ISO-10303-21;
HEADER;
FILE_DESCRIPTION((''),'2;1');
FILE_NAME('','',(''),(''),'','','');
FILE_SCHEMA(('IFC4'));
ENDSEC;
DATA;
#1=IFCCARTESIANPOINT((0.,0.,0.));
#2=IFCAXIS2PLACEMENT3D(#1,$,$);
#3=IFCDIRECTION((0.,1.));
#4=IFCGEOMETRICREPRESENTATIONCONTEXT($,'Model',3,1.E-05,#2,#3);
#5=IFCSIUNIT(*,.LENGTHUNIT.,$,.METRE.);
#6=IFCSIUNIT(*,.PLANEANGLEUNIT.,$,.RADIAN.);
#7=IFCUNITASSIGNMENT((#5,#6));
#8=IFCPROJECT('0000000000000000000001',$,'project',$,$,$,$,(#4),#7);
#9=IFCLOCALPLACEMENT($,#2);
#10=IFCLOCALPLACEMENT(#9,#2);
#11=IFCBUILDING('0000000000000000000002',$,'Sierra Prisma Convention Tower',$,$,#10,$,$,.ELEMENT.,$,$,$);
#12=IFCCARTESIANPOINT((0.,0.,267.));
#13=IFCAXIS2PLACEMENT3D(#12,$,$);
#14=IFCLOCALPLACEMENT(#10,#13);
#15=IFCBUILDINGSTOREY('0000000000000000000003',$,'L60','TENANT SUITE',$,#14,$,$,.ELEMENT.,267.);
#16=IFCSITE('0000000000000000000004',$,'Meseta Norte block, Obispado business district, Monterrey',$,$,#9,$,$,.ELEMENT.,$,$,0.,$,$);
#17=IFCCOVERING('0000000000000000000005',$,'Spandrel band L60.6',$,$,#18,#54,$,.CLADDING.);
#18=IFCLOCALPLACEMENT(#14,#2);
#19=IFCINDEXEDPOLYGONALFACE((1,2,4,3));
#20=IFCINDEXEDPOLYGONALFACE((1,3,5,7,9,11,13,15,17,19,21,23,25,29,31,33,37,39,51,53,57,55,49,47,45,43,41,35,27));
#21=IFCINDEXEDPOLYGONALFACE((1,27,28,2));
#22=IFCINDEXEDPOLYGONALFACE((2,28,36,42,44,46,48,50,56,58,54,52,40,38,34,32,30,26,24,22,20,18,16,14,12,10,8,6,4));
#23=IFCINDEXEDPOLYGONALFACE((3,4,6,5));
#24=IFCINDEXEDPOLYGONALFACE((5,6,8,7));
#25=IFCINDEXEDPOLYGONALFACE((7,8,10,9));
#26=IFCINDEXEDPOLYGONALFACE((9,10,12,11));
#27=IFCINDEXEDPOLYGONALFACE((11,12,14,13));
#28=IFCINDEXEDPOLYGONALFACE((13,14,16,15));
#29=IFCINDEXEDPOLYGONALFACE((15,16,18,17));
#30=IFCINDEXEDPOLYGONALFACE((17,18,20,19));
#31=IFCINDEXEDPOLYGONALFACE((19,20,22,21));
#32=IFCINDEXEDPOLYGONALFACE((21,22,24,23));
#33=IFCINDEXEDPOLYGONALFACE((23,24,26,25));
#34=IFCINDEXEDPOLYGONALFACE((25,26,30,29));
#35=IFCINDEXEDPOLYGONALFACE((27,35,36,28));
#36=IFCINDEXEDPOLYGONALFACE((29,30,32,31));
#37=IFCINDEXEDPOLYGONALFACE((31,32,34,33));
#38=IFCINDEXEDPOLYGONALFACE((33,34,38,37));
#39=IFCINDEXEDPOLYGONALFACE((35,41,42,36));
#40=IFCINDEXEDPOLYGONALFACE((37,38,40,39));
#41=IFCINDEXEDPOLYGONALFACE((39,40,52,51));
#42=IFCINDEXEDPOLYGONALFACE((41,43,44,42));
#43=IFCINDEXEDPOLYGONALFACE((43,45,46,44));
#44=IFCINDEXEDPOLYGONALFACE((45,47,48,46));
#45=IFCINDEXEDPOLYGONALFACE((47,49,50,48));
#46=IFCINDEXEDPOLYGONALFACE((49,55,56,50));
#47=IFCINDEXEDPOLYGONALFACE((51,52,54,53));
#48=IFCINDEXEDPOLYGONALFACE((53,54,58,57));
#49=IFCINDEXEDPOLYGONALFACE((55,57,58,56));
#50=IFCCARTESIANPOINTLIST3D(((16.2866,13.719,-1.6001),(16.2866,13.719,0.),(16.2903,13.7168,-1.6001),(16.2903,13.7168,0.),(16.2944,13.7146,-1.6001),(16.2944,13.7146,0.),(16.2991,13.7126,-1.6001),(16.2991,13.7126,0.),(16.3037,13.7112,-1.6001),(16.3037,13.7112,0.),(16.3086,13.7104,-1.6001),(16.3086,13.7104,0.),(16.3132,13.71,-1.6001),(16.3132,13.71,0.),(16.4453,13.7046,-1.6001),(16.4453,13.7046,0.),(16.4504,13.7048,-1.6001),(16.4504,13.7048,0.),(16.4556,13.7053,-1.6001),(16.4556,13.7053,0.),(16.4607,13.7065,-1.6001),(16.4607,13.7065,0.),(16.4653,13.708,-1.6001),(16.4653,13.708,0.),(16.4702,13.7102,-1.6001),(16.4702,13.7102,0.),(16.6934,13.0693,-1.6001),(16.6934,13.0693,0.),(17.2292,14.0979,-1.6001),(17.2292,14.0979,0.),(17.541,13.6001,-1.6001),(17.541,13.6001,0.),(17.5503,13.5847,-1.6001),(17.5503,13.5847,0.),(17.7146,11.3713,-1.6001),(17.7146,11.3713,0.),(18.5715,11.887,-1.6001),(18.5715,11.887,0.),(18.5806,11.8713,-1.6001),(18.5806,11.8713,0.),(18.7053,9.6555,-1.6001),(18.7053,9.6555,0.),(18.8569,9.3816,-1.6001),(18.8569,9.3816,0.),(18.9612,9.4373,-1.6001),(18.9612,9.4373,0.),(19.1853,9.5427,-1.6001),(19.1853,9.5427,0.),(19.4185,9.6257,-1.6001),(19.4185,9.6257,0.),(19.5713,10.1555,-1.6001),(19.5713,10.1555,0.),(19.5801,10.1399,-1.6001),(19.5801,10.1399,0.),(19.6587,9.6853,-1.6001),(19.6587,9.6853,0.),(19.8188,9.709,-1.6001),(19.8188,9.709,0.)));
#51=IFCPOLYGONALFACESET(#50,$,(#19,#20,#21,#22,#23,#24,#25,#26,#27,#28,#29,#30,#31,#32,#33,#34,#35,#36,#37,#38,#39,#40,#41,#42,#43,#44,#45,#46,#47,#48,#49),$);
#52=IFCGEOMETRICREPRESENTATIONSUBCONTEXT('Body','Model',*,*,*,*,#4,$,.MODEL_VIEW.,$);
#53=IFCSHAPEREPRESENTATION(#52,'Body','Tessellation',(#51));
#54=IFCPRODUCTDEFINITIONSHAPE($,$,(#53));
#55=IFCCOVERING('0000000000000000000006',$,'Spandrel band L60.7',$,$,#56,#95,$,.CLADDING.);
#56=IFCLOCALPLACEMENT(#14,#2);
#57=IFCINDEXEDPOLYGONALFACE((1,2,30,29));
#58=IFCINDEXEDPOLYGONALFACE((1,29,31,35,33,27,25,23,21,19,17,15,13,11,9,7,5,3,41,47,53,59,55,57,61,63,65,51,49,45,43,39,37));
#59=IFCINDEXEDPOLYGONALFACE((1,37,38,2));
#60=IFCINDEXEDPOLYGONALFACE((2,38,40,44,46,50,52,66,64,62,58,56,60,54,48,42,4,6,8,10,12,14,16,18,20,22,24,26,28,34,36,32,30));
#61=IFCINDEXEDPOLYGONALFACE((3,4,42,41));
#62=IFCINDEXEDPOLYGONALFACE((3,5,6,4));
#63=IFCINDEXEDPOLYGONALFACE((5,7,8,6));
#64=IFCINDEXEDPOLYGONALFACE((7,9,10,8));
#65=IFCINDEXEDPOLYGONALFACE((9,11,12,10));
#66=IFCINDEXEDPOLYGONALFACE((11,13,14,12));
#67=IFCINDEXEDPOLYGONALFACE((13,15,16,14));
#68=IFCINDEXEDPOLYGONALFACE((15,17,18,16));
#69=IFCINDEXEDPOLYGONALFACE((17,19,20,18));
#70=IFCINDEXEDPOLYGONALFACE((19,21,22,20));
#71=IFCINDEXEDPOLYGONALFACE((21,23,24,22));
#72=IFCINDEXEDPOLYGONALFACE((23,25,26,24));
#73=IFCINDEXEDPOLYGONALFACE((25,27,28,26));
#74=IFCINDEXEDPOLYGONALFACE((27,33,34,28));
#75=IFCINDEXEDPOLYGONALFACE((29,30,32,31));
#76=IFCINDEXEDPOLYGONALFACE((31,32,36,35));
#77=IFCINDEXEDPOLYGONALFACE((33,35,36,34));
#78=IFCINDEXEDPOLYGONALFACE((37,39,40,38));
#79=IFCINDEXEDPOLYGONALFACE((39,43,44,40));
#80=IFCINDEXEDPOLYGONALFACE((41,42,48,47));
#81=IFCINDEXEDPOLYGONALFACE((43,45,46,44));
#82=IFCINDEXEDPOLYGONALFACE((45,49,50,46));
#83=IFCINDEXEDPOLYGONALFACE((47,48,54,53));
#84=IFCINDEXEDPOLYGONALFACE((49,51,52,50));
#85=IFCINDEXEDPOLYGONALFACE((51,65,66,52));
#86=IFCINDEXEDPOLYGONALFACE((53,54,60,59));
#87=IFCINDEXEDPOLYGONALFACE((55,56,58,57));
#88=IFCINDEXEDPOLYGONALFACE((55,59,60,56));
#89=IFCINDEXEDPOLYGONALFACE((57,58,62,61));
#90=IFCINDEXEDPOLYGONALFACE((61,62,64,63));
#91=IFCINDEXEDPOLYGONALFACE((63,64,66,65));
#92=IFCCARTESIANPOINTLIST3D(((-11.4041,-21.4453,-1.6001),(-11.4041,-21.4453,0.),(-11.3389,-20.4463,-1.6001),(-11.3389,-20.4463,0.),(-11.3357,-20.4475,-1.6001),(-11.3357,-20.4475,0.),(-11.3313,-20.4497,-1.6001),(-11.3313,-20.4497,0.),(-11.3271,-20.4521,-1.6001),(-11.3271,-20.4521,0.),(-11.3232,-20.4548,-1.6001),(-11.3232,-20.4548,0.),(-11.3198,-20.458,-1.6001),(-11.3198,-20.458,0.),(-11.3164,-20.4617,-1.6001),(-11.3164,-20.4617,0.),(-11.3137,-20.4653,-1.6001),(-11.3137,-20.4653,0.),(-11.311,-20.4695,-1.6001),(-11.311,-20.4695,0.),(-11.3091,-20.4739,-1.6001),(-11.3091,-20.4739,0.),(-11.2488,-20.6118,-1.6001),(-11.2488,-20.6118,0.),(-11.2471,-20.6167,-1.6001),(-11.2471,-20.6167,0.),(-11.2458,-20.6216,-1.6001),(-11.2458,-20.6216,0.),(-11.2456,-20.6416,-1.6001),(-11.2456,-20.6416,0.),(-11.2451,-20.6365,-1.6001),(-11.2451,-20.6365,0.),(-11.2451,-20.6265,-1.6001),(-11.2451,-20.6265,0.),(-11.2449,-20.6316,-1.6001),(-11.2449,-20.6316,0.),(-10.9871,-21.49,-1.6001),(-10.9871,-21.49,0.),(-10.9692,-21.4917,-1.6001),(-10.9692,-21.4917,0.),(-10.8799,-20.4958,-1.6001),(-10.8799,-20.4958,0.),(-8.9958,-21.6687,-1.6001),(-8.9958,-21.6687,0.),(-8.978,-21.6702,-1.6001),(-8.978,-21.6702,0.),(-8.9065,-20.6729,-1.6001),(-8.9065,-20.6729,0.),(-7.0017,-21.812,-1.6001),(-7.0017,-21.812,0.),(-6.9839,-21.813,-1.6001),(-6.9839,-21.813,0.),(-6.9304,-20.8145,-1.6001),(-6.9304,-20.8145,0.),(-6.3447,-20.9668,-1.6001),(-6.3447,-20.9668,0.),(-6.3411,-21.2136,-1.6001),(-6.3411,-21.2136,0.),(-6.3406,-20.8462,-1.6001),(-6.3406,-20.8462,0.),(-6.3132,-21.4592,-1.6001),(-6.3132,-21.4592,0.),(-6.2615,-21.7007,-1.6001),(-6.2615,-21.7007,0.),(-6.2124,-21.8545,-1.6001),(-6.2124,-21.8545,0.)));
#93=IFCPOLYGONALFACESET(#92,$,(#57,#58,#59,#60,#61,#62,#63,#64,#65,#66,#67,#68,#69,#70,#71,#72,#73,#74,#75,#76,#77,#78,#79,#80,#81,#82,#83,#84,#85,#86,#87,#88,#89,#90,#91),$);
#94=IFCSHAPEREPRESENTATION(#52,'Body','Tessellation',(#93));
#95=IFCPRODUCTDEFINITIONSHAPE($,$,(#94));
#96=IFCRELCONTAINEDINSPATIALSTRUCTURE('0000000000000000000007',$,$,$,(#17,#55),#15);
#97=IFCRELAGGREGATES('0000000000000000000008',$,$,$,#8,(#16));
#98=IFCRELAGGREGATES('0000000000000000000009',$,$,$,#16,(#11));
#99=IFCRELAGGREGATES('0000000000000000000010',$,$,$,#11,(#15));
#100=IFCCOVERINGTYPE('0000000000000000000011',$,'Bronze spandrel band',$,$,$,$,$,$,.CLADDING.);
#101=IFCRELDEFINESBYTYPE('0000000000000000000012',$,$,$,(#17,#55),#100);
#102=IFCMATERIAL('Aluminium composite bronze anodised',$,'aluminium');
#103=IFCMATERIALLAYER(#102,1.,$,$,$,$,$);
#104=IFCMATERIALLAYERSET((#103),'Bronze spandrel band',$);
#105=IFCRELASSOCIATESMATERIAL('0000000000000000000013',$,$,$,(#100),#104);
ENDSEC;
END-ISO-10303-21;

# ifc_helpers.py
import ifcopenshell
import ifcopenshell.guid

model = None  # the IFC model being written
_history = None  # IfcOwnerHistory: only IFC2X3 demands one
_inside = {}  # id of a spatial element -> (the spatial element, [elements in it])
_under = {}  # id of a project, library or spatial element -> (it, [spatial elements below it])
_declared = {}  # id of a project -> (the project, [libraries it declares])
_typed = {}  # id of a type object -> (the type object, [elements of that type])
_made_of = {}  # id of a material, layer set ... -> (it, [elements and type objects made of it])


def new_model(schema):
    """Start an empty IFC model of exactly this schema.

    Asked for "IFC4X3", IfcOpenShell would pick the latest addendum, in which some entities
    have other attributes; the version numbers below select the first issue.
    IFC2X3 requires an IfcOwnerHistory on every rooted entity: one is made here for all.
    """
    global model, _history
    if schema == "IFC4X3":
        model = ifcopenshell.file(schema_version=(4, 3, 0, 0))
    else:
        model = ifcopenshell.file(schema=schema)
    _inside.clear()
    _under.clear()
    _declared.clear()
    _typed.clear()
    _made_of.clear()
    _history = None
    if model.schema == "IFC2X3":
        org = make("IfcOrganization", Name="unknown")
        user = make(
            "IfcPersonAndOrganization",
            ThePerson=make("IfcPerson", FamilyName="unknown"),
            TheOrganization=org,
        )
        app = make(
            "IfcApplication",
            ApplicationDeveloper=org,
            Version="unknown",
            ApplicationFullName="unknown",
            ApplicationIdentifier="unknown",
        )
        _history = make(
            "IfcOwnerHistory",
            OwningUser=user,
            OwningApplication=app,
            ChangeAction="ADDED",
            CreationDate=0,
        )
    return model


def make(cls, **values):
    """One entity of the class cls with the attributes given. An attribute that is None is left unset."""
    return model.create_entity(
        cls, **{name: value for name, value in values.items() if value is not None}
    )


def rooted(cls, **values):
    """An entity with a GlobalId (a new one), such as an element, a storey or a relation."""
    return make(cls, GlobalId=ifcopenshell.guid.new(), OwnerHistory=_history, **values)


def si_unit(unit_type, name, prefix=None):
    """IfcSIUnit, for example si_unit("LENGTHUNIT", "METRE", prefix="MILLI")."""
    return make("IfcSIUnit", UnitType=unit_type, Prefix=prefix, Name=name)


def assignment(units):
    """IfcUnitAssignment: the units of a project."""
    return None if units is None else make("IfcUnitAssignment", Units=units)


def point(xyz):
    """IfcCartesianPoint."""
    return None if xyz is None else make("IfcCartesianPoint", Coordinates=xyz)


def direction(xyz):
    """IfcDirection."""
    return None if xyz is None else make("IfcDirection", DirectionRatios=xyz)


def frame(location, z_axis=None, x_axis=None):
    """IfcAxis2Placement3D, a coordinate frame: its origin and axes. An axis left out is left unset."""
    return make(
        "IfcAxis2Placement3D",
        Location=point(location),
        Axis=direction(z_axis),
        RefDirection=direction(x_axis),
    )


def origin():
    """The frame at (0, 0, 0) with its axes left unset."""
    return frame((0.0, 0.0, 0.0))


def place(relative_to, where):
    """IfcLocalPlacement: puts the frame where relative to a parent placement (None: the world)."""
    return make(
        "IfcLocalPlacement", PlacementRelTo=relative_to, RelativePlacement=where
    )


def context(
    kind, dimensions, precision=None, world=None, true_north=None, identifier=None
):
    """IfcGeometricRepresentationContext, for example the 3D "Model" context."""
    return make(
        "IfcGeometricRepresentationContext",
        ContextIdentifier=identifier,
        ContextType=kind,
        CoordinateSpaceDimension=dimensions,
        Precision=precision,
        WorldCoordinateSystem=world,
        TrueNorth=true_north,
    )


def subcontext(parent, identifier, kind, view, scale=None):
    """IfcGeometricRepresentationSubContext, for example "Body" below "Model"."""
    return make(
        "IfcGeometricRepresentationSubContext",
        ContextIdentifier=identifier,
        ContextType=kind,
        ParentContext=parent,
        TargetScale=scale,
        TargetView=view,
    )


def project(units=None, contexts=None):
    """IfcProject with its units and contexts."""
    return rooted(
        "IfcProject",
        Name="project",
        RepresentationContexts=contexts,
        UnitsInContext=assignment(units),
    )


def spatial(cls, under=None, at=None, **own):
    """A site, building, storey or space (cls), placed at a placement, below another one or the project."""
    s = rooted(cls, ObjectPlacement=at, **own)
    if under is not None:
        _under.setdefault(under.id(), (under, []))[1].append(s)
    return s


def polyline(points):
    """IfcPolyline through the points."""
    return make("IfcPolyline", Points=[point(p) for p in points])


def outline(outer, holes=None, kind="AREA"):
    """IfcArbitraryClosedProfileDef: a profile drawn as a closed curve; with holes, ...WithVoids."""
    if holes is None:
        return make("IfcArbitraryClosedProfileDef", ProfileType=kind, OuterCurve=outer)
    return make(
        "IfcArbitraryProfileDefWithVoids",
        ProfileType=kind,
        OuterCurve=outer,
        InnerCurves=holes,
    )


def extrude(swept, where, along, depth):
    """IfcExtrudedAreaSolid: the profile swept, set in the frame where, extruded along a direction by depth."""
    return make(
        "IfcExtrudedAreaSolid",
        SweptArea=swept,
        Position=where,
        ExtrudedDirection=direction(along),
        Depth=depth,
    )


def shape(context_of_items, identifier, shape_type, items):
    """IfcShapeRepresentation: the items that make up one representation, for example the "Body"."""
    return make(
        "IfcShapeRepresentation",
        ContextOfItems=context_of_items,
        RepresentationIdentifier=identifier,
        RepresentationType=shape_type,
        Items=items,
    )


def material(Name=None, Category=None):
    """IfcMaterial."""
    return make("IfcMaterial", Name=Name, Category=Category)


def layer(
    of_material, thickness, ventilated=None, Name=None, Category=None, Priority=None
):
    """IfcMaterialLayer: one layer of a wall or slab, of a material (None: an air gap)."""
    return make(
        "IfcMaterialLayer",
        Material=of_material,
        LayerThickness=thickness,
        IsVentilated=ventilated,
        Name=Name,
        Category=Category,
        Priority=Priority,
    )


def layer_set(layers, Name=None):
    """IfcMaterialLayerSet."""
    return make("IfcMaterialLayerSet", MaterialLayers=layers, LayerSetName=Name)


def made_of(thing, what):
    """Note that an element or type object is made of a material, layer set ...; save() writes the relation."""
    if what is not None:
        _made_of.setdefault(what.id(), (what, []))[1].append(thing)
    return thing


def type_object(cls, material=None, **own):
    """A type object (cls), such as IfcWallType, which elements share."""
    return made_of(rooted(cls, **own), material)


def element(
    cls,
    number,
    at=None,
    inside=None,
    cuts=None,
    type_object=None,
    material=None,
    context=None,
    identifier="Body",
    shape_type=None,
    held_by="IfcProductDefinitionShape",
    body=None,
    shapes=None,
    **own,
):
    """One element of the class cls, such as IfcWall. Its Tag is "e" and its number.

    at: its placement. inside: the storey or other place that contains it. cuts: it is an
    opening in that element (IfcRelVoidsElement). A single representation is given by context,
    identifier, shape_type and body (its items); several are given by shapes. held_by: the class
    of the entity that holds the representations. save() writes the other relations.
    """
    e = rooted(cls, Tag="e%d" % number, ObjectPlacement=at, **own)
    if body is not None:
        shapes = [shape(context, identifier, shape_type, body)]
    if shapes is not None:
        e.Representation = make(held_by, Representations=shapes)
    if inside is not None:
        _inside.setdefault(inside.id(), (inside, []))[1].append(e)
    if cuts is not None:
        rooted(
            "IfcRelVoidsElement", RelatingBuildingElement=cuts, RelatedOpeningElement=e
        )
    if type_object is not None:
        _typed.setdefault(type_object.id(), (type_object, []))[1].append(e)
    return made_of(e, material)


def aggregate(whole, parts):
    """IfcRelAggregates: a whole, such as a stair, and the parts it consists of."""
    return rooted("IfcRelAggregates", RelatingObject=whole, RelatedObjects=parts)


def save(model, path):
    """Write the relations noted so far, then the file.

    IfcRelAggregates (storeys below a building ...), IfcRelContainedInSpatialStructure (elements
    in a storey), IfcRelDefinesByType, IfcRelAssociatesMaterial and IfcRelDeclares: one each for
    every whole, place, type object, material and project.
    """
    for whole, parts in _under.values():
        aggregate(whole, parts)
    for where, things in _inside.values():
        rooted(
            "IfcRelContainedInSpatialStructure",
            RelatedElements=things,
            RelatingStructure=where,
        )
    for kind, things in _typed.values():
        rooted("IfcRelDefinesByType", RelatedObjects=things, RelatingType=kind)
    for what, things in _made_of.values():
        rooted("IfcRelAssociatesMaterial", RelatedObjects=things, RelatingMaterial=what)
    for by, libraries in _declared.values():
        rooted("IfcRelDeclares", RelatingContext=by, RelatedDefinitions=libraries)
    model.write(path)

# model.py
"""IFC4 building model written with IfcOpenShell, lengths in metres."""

from ifc_helpers import new_model, si_unit, direction, frame, origin, place, context, subcontext, project, spatial, polyline, outline, extrude, material, layer, layer_set, type_object, element, save


model = new_model("IFC4")

# Units and contexts
model_context = context("Model", 3, precision=1e-05, world=origin(), true_north=direction((0.0, 1.0)))
body_context = subcontext(model_context, "Body", "Model", "MODEL_VIEW")
ifc_project = project(units=[si_unit("LENGTHUNIT", "METRE"), si_unit("PLANEANGLEUNIT", "RADIAN")], contexts=[model_context])

# Site, building, storey
site_placement = place(None, origin())
site = spatial("IfcSite", under=ifc_project, at=site_placement, Name="Meseta Norte block, Obispado business district, Monterrey", CompositionType="ELEMENT", RefElevation=0.0)
building_placement = place(site_placement, origin())
building = spatial("IfcBuilding", under=site, at=building_placement, Name="Sierra Prisma Convention Tower", CompositionType="ELEMENT")
storey_placement = place(building_placement, frame((0.0, 0.0, 267.0)))
storey = spatial("IfcBuildingStorey", under=building, at=storey_placement, Name="L60", Description="TENANT SUITE", CompositionType="ELEMENT", Elevation=267.0)

# Coverings
ifc_material_1 = material(Name="Aluminium composite bronze anodised", Category="aluminium")
ifc_layer_1 = layer(ifc_material_1, 1.0)
ifc_layer_set_1 = layer_set([ifc_layer_1], Name="Bronze spandrel band")
covering_type_1 = type_object("IfcCoveringType", Name="Bronze spandrel band", PredefinedType="CLADDING", material=ifc_layer_set_1)
covering_1_placement = place(storey_placement, frame((0.0, 0.0, -1.6001)))
element("IfcCovering", 1, at=covering_1_placement, inside=storey, type_object=covering_type_1, Name="Spandrel band L60.6", PredefinedType="CLADDING", context=body_context, shape_type="SweptSolid", body=[
    extrude(outline(polyline([(18.7053, 9.6555), (17.7146, 11.3713), (16.6934, 13.0693), (16.2866, 13.719), (16.2903, 13.7168), (16.2944, 13.7146), (16.2991, 13.7126), (16.3037, 13.7112), (16.3086, 13.7104), (16.3132, 13.71), (16.4453, 13.7046), (16.4504, 13.7048), (16.4556, 13.7053), (16.4607, 13.7065), (16.4653, 13.708), (16.4702, 13.7102), (17.2292, 14.0979), (17.541, 13.6001), (17.5503, 13.5847), (18.5715, 11.887), (18.5806, 11.8713), (19.5713, 10.1555), (19.5801, 10.1399), (19.8188, 9.709), (19.6587, 9.6853), (19.4185, 9.6257), (19.1853, 9.5427), (18.9612, 9.4373), (18.8569, 9.3816), (18.7053, 9.6555)])), origin(), (0.0, 0.0, 1.0), 1.6001),
])
covering_2_placement = place(storey_placement, frame((0.0, 0.0, -1.6001)))
element("IfcCovering", 2, at=covering_2_placement, inside=storey, type_object=covering_type_1, Name="Spandrel band L60.7", PredefinedType="CLADDING", context=body_context, shape_type="SweptSolid", body=[
    extrude(outline(polyline([(-6.9839, -21.813), (-7.0017, -21.812), (-8.978, -21.6702), (-8.9958, -21.6687), (-10.9692, -21.4917), (-10.9871, -21.49), (-11.4041, -21.4453), (-11.2456, -20.6416), (-11.2451, -20.6365), (-11.2449, -20.6316), (-11.2451, -20.6265), (-11.2458, -20.6216), (-11.2471, -20.6167), (-11.2488, -20.6118), (-11.3091, -20.4739), (-11.311, -20.4695), (-11.3137, -20.4653), (-11.3164, -20.4617), (-11.3198, -20.458), (-11.3232, -20.4548), (-11.3271, -20.4521), (-11.3313, -20.4497), (-11.3357, -20.4475), (-11.3389, -20.4463), (-10.8799, -20.4958), (-8.9065, -20.6729), (-6.9304, -20.8145), (-6.3406, -20.8462), (-6.3447, -20.9668), (-6.3411, -21.2136), (-6.3132, -21.4592), (-6.2615, -21.7007), (-6.2124, -21.8545), (-6.9839, -21.813)])), origin(), (0.0, 0.0, 1.0), 1.6001),
])

save(model, "model.ifc")
